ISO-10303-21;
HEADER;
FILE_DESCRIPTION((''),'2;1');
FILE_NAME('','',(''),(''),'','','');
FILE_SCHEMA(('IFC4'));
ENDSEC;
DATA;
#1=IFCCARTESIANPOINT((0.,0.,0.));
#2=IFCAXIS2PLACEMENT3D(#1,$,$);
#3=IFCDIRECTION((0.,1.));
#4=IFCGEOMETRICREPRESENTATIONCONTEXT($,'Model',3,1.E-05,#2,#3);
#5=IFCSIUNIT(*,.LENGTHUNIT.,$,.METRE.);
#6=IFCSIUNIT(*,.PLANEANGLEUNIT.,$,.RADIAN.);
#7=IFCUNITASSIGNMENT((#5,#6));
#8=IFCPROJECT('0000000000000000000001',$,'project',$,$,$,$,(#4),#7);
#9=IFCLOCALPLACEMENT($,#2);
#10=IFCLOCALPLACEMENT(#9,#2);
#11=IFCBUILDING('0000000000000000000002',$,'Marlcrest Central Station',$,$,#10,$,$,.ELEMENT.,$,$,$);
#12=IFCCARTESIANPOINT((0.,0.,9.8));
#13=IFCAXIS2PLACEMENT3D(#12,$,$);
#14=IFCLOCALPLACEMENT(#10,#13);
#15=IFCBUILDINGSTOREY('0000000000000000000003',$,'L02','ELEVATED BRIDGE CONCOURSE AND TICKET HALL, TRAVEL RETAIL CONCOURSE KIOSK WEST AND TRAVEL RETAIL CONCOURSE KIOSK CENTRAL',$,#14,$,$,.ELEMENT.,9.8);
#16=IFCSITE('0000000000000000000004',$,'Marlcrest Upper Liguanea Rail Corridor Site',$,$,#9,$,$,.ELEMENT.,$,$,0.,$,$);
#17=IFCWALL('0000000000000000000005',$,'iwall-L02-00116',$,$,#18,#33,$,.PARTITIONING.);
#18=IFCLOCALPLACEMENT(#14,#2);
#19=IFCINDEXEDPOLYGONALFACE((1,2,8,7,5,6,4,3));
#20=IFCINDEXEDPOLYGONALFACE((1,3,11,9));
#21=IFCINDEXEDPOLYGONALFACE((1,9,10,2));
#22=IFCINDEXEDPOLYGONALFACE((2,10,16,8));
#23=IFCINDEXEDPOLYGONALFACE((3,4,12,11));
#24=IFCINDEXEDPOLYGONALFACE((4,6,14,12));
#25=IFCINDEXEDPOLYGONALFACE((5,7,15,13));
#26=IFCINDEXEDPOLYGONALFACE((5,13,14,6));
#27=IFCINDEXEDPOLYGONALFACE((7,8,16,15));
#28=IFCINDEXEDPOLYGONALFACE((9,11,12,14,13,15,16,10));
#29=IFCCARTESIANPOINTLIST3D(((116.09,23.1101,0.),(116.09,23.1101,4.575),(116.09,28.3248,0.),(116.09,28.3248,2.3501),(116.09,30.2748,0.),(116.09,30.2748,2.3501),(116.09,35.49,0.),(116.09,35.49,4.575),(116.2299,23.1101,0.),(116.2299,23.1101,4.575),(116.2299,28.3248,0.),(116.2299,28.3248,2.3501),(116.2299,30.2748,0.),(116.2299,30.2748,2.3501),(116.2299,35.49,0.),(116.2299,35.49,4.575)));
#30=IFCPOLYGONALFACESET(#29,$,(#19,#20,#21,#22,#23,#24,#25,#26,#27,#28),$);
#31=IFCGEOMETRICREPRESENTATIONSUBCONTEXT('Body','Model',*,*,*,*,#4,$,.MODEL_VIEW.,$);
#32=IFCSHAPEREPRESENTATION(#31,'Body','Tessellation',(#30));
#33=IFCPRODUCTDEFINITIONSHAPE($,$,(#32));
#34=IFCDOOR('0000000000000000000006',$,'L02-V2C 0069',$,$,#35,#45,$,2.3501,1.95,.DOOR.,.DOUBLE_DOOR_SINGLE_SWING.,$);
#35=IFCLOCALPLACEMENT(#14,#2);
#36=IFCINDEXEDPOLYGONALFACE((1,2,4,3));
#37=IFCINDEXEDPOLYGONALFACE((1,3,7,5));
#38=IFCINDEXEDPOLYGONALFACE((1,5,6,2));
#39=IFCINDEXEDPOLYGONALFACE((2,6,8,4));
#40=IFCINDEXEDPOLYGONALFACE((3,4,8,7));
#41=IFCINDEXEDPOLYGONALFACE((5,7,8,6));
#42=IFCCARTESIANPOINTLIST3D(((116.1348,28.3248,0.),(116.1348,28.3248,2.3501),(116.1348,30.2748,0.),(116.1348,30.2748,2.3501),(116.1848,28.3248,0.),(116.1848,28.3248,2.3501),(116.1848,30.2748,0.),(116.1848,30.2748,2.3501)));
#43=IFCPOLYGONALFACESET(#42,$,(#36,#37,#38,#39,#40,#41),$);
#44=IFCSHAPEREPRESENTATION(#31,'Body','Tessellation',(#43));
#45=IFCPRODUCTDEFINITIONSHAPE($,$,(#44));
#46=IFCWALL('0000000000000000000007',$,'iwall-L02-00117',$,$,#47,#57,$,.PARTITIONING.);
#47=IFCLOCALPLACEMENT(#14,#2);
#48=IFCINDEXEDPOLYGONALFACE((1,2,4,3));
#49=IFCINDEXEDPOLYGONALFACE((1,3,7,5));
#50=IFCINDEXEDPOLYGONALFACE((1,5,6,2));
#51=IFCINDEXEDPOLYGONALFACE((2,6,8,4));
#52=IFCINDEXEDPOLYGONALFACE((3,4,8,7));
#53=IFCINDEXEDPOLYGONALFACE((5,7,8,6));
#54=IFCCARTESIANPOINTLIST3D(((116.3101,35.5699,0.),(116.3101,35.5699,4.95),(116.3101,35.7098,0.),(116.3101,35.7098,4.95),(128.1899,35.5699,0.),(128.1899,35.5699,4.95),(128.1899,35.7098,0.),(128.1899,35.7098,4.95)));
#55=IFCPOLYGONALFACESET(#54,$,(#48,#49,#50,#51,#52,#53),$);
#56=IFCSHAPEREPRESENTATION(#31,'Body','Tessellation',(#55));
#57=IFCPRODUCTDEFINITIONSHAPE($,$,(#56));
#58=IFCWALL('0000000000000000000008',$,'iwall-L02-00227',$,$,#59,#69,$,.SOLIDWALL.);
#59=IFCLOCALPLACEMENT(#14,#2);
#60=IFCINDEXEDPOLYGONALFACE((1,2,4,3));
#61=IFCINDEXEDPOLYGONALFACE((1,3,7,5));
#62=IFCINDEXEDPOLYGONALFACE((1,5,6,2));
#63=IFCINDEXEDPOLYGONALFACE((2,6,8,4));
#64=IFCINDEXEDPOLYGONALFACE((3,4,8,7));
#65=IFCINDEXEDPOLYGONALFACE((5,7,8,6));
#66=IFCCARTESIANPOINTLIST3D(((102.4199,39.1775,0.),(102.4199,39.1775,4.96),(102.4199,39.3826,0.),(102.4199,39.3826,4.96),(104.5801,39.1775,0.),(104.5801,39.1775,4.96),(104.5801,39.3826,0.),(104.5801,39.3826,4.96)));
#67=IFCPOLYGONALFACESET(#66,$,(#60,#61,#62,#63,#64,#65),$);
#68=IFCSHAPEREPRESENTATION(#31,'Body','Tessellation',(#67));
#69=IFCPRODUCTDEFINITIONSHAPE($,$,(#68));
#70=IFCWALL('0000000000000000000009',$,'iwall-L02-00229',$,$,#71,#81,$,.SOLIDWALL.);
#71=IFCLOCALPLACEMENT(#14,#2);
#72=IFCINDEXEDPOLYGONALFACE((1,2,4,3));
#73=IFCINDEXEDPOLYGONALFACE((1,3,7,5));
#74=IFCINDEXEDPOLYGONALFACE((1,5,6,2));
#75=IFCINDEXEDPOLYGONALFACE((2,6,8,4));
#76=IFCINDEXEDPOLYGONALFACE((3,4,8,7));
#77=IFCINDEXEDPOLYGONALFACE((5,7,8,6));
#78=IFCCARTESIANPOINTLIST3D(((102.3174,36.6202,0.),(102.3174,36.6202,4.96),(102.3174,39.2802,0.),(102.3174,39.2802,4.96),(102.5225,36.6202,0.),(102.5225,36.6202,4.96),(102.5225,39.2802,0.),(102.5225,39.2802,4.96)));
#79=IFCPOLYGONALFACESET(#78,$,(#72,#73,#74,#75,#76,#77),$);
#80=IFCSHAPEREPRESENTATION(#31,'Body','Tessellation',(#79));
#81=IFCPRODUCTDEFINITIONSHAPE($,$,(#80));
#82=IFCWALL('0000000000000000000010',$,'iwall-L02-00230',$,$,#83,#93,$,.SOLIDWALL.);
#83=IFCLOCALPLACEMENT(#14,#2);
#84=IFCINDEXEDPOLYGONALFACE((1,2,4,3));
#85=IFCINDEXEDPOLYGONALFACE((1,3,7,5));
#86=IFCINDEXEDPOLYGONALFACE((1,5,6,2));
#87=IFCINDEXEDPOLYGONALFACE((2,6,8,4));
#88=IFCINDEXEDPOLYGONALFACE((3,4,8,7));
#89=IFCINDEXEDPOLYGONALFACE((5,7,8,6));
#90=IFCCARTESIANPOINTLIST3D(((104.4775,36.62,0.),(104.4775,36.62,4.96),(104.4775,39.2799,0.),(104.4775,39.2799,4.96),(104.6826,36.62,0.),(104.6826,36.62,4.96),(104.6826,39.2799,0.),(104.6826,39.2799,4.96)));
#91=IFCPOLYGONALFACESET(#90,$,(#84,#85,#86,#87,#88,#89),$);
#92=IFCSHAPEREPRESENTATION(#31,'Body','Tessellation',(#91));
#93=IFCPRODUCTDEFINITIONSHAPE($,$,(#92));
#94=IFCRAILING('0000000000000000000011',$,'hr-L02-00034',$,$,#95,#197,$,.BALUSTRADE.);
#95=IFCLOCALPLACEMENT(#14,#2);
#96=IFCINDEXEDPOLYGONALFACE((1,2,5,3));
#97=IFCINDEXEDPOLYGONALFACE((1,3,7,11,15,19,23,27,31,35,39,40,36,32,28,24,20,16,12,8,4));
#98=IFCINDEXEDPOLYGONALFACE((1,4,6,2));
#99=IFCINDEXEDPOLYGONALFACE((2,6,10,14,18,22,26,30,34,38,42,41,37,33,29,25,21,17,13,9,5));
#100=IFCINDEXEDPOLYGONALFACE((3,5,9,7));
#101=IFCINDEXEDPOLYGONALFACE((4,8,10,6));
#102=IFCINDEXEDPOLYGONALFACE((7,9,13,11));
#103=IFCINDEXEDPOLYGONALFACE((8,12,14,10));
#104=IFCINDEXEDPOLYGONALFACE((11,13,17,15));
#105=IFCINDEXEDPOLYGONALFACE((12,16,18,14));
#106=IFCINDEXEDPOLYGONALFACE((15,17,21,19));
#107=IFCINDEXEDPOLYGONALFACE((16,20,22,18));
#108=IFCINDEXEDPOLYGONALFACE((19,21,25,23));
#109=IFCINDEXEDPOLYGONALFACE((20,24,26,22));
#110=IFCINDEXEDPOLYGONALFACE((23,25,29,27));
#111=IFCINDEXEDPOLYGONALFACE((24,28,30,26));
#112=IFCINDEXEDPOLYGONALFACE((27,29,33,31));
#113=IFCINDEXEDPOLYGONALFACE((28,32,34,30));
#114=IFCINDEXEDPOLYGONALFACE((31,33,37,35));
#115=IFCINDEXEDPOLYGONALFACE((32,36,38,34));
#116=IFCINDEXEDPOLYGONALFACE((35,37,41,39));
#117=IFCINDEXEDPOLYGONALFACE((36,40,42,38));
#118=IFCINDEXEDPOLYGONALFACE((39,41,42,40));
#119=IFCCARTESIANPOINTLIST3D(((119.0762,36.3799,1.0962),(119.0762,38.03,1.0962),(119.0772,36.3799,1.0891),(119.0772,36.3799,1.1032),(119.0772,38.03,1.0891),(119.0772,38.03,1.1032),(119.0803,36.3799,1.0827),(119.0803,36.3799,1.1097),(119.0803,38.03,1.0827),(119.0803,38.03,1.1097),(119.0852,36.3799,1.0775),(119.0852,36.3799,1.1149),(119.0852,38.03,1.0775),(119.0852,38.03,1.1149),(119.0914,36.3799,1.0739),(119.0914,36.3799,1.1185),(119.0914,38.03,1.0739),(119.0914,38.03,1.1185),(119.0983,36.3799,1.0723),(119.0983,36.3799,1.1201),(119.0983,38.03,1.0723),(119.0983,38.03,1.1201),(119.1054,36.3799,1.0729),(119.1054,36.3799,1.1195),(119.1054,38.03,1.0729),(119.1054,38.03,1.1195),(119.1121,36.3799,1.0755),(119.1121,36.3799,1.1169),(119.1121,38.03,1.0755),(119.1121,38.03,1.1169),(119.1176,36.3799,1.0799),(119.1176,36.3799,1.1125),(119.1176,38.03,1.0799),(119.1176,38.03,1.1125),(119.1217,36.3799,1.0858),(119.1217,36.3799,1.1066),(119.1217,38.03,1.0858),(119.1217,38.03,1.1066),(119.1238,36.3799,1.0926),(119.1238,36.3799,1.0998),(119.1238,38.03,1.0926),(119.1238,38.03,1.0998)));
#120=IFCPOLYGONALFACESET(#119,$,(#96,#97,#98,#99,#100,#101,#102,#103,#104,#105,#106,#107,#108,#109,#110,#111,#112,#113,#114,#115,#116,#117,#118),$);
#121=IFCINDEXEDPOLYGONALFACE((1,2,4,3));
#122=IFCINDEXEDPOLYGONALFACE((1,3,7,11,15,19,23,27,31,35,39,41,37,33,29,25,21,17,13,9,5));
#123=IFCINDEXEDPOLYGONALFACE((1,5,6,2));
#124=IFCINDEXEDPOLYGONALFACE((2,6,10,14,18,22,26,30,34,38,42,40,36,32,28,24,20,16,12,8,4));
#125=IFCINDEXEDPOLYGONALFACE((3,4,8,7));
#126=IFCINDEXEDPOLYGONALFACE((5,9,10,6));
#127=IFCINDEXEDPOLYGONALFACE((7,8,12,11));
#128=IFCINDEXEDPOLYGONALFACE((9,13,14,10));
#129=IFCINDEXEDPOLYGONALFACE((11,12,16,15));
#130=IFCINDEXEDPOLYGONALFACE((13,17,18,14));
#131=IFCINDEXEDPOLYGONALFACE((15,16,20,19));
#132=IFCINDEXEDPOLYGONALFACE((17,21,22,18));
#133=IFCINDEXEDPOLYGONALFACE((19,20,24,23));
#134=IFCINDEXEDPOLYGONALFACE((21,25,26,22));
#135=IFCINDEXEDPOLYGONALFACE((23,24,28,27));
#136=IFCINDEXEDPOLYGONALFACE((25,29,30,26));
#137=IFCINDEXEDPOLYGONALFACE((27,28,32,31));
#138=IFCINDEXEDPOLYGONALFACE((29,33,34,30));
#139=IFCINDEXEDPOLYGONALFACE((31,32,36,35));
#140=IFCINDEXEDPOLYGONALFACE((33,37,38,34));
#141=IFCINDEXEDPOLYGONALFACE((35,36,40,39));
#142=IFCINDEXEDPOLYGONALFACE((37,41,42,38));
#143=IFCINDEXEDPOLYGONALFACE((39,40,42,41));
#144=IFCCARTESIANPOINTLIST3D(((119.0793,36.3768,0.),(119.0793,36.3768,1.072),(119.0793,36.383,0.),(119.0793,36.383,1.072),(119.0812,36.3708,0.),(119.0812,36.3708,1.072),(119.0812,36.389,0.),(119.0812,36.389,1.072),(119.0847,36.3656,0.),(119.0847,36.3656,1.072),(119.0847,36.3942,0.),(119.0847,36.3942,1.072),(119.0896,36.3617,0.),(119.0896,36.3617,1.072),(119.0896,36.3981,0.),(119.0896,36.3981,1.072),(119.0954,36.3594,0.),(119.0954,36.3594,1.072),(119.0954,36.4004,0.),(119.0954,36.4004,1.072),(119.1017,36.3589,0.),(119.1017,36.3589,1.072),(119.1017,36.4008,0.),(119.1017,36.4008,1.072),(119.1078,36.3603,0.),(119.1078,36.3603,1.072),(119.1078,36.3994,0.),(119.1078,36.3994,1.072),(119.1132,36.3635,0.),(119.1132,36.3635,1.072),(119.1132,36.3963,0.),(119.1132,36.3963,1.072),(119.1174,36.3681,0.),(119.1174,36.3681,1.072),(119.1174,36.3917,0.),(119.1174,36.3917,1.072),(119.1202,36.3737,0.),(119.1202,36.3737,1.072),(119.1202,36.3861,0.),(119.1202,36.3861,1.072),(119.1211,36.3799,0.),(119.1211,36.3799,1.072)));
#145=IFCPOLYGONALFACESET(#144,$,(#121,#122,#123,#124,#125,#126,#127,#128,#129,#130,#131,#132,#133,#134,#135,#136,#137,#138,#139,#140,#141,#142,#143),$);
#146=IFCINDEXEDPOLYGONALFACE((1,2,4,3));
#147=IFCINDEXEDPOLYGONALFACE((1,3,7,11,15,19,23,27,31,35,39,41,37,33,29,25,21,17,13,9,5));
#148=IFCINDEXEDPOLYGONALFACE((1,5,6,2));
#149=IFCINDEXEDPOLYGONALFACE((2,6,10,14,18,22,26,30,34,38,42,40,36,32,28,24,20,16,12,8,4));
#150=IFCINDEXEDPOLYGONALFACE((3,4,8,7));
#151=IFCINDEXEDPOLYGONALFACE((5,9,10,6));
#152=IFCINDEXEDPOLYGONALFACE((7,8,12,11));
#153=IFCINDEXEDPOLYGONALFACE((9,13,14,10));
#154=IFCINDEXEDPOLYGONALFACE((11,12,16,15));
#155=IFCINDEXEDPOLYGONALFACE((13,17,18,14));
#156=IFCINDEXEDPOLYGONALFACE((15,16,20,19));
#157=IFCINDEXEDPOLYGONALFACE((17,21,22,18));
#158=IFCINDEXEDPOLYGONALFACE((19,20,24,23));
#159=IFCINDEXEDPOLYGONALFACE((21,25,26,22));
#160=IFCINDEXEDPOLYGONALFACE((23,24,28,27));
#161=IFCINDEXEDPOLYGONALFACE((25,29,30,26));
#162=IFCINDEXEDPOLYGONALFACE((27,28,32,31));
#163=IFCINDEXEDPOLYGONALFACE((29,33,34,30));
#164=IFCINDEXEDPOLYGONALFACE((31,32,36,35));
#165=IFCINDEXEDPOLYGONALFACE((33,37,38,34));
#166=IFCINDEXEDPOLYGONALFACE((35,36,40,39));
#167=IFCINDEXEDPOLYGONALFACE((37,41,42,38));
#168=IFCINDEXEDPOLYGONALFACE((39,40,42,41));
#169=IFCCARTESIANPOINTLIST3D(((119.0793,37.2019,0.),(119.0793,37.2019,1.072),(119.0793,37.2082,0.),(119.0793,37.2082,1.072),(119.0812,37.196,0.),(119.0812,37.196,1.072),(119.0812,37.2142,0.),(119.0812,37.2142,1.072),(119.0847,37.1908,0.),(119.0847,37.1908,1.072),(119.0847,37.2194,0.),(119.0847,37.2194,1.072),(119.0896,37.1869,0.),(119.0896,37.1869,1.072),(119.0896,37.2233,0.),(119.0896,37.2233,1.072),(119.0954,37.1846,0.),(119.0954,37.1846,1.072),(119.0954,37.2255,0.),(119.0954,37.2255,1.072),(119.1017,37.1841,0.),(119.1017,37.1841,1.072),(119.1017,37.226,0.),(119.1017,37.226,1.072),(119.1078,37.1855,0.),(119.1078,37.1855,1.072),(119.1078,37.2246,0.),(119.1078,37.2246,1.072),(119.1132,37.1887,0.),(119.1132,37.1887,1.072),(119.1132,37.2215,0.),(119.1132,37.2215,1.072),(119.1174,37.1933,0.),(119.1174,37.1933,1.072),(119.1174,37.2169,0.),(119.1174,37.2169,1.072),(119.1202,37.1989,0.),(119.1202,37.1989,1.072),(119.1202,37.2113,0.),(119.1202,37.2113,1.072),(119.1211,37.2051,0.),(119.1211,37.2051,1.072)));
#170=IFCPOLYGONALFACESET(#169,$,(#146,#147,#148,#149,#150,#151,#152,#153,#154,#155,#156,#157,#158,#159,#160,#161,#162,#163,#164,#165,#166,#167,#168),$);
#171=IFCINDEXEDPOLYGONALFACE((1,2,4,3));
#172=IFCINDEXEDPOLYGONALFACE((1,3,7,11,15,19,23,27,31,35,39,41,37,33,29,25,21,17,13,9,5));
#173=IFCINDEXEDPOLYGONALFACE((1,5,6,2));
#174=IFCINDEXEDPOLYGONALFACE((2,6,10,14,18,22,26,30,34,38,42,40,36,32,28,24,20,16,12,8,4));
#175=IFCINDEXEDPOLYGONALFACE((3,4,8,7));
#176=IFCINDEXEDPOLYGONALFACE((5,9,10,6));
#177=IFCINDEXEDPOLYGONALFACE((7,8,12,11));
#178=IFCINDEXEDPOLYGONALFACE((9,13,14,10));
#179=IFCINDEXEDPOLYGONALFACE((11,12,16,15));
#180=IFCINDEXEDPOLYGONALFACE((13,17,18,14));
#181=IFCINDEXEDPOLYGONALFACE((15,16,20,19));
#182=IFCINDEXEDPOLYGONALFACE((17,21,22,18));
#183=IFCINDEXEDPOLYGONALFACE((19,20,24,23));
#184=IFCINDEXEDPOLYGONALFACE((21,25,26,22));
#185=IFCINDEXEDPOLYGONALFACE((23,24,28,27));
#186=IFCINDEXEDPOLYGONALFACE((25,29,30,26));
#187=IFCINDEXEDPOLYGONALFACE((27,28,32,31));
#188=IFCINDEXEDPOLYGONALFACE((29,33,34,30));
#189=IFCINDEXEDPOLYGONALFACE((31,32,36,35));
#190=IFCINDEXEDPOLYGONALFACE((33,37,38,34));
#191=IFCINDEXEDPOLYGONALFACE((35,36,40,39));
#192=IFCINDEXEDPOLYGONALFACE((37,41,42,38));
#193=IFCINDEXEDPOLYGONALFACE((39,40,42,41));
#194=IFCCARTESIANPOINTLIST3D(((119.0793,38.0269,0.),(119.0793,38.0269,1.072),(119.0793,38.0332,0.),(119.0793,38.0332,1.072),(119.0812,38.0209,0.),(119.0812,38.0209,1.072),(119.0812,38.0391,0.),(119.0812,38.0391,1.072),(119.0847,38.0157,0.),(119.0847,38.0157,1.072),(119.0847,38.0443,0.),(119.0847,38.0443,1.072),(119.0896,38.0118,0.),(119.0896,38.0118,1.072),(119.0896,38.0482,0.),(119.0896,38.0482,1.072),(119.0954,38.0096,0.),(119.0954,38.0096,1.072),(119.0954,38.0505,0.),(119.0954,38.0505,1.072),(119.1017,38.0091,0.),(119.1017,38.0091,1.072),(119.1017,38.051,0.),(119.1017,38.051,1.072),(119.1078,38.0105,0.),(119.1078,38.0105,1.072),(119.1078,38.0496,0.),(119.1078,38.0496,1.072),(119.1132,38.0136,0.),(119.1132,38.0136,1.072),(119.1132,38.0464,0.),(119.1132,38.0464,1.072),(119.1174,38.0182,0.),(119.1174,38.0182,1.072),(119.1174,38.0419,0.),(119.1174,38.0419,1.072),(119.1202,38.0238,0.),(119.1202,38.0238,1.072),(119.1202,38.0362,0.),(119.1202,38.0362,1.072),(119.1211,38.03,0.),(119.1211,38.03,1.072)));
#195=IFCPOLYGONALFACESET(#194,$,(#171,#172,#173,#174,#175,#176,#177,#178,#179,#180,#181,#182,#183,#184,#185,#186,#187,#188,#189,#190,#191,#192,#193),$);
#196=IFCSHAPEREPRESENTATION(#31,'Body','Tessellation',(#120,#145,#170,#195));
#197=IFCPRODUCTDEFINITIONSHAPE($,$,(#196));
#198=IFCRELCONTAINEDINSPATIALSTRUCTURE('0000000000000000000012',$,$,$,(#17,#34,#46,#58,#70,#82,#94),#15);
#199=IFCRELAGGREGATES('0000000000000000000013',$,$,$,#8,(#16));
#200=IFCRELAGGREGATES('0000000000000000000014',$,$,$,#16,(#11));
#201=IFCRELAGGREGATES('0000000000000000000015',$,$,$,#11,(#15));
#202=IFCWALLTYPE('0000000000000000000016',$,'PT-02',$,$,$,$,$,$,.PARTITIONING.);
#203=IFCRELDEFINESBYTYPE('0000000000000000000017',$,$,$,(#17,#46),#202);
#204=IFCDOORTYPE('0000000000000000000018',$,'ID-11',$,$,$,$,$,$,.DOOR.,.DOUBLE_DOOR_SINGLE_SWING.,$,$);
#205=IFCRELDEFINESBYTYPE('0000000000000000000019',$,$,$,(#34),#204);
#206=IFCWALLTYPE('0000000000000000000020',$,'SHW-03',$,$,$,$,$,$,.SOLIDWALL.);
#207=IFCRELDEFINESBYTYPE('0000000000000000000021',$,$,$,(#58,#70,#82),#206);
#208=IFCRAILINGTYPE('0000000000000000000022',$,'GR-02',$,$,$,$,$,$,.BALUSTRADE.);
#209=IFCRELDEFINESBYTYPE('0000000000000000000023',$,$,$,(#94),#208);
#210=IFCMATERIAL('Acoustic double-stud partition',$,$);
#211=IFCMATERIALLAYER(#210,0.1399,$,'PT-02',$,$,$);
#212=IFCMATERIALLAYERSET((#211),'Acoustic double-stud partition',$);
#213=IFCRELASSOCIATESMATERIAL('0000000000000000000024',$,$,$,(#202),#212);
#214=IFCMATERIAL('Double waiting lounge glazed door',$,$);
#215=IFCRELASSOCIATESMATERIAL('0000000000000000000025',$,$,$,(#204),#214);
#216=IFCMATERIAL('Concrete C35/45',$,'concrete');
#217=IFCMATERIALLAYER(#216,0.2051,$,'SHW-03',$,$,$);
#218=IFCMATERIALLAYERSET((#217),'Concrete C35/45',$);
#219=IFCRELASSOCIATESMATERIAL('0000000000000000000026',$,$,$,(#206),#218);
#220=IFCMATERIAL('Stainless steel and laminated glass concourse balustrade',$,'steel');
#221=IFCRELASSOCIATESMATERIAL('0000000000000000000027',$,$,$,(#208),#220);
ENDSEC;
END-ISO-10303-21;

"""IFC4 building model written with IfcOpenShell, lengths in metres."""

from ifc_helpers import new_model, si_unit, direction, frame, frame_2d, origin, origin_2d, place, context, subcontext, project, spatial, rectangle, circle, extrude, material, layer, layer_set, type_object, element, fill, save


model = new_model("IFC4")

# Units and contexts
model_context = context("Model", 3, precision=1e-05, world=origin(), true_north=direction((0.0, 1.0)))
body_context = subcontext(model_context, "Body", "Model", "MODEL_VIEW")
ifc_project = project(units=[si_unit("LENGTHUNIT", "METRE"), si_unit("PLANEANGLEUNIT", "RADIAN")], contexts=[model_context])

# Site, building, storey
site_placement = place(None, origin())
site = spatial("IfcSite", under=ifc_project, at=site_placement, Name="Marlcrest Upper Liguanea Rail Corridor Site", CompositionType="ELEMENT", RefElevation=0.0)
building_placement = place(site_placement, origin())
building = spatial("IfcBuilding", under=site, at=building_placement, Name="Marlcrest Central Station", CompositionType="ELEMENT")
storey_placement = place(building_placement, frame((0.0, 0.0, 9.8)))
storey = spatial("IfcBuildingStorey", under=building, at=storey_placement, Name="L02", Description="ELEVATED BRIDGE CONCOURSE AND TICKET HALL, TRAVEL RETAIL CONCOURSE KIOSK WEST AND TRAVEL RETAIL CONCOURSE KIOSK CENTRAL", CompositionType="ELEMENT", Elevation=9.8)

# Wall, opening, door
ifc_material_1 = material(Name="Acoustic double-stud partition")
ifc_layer_1 = layer(ifc_material_1, 0.1399, Name="PT-02")
ifc_layer_set_1 = layer_set([ifc_layer_1], Name="Acoustic double-stud partition")
wall_type_1 = type_object("IfcWallType", Name="PT-02", PredefinedType="PARTITIONING", material=ifc_layer_set_1)
wall_1_placement = place(storey_placement, frame((116.1599, 35.49, 0.0), z_axis=(0.0, 0.0, 1.0), x_axis=(0.0, -1.0, 0.0)))
wall_1 = element("IfcWall", 1, at=wall_1_placement, inside=storey, type_object=wall_type_1, Name="iwall-L02-00116", PredefinedType="PARTITIONING", context=body_context, shape_type="SweptSolid", body=[
    extrude(rectangle(XDim=12.3799, YDim=0.1399, at=frame_2d((6.1899, 0.0))), origin(), (0.0, 0.0, 1.0), 4.575),
])
opening_1_placement = place(wall_1_placement, frame((5.2151, 0.0, 0.0)))
opening_1 = element("IfcOpeningElement", 2, at=opening_1_placement, cuts=wall_1, PredefinedType="OPENING", context=body_context, shape_type="SweptSolid", body=[
    extrude(rectangle(XDim=1.95, YDim=2.3501, at=frame_2d((0.9751, 1.175))), frame((0.0, 0.0798, 0.0), z_axis=(0.0, -1.0, 0.0), x_axis=(1.0, 0.0, 0.0)), (0.0, 0.0, 1.0), 0.1599),
])
ifc_material_2 = material(Name="Double waiting lounge glazed door")
door_type_1 = type_object("IfcDoorType", Name="ID-11", OperationType="DOUBLE_DOOR_SINGLE_SWING", PredefinedType="DOOR", material=ifc_material_2)
door_1_placement = place(opening_1_placement, origin())
door_1 = element("IfcDoor", 3, at=door_1_placement, inside=storey, type_object=door_type_1, Name="L02-V2C 0069", OperationType="DOUBLE_DOOR_SINGLE_SWING", OverallHeight=2.3501, OverallWidth=1.95, PredefinedType="DOOR", context=body_context, shape_type="SweptSolid", body=[
    extrude(rectangle(XDim=1.95, YDim=2.3501, at=frame_2d((0.9751, 1.175))), frame((0.0, 0.0249, 0.0), z_axis=(0.0, -1.0, 0.0), x_axis=(1.0, 0.0, 0.0)), (0.0, 0.0, 1.0), 0.05),
])
fill(opening_1, door_1)

# Walls
wall_2_placement = place(storey_placement, frame((116.3101, 35.6399, 0.0), z_axis=(0.0, 0.0, 1.0), x_axis=(1.0, 0.0, 0.0)))
element("IfcWall", 4, at=wall_2_placement, inside=storey, type_object=wall_type_1, Name="iwall-L02-00117", PredefinedType="PARTITIONING", context=body_context, shape_type="SweptSolid", body=[
    extrude(rectangle(XDim=11.8799, YDim=0.1399, at=frame_2d((5.9399, 0.0))), origin(), (0.0, 0.0, 1.0), 4.95),
])
ifc_material_3 = material(Name="Concrete C35/45", Category="concrete")
ifc_layer_2 = layer(ifc_material_3, 0.2051, Name="SHW-03")
ifc_layer_set_2 = layer_set([ifc_layer_2], Name="Concrete C35/45")
wall_type_2 = type_object("IfcWallType", Name="SHW-03", PredefinedType="SOLIDWALL", material=ifc_layer_set_2)
wall_3_placement = place(storey_placement, frame((102.4199, 39.28, 0.0), z_axis=(0.0, 0.0, 1.0), x_axis=(1.0, 0.0, 0.0)))
element("IfcWall", 5, at=wall_3_placement, inside=storey, type_object=wall_type_2, Name="iwall-L02-00227", PredefinedType="SOLIDWALL", context=body_context, shape_type="SweptSolid", body=[
    extrude(rectangle(XDim=2.1602, YDim=0.2051, at=frame_2d((1.0801, 0.0))), origin(), (0.0, 0.0, 1.0), 4.96),
])

# Walls
for number, where, z_axis, x_axis, name in (
    (6, (102.4199, 36.6201, 0.0), (0.0, 0.0, 1.0), (0.0, 1.0, 0.0), "iwall-L02-00229"),
    (7, (104.5801, 39.28, 0.0), (0.0, 0.0, 1.0), (0.0, -1.0, 0.0), "iwall-L02-00230"),
):
    element("IfcWall", number, at=place(storey_placement, frame(where, z_axis=z_axis, x_axis=x_axis)), inside=storey, type_object=wall_type_2, Name=name, PredefinedType="SOLIDWALL", context=body_context, shape_type="SweptSolid", body=[
        extrude(rectangle(XDim=2.6599, YDim=0.2051, at=frame_2d((1.3301, 0.0))), origin(), (0.0, 0.0, 1.0), 4.96),
    ])

# Railing
ifc_material_4 = material(Name="Stainless steel and laminated glass concourse balustrade", Category="steel")
railing_type = type_object("IfcRailingType", Name="GR-02", PredefinedType="BALUSTRADE", material=ifc_material_4)
railing_1_placement = place(storey_placement, frame((119.1001, 36.3799, 0.0)))
element("IfcRailing", 8, at=railing_1_placement, inside=storey, type_object=railing_type, Name="hr-L02-00034", PredefinedType="BALUSTRADE", context=body_context, shape_type="SweptSolid", body=[
    extrude(circle(Radius=0.0239, at=origin_2d()), frame((0.0, 0.0, 1.0962), z_axis=(0.0, 1.0, 0.0), x_axis=(-1.0, 0.0, 0.0)), (0.0, 0.0, 1.0), 1.6501),
    extrude(circle(Radius=0.021, at=origin_2d()), origin(), (0.0, 0.0, 1.0), 1.072),
    extrude(circle(Radius=0.021, at=origin_2d()), frame((0.0, 0.8252, 0.0)), (0.0, 0.0, 1.0), 1.072),
    extrude(circle(Radius=0.021, at=origin_2d()), frame((0.0, 1.6501, 0.0)), (0.0, 0.0, 1.0), 1.072),
])

save(model, "model.ifc")
